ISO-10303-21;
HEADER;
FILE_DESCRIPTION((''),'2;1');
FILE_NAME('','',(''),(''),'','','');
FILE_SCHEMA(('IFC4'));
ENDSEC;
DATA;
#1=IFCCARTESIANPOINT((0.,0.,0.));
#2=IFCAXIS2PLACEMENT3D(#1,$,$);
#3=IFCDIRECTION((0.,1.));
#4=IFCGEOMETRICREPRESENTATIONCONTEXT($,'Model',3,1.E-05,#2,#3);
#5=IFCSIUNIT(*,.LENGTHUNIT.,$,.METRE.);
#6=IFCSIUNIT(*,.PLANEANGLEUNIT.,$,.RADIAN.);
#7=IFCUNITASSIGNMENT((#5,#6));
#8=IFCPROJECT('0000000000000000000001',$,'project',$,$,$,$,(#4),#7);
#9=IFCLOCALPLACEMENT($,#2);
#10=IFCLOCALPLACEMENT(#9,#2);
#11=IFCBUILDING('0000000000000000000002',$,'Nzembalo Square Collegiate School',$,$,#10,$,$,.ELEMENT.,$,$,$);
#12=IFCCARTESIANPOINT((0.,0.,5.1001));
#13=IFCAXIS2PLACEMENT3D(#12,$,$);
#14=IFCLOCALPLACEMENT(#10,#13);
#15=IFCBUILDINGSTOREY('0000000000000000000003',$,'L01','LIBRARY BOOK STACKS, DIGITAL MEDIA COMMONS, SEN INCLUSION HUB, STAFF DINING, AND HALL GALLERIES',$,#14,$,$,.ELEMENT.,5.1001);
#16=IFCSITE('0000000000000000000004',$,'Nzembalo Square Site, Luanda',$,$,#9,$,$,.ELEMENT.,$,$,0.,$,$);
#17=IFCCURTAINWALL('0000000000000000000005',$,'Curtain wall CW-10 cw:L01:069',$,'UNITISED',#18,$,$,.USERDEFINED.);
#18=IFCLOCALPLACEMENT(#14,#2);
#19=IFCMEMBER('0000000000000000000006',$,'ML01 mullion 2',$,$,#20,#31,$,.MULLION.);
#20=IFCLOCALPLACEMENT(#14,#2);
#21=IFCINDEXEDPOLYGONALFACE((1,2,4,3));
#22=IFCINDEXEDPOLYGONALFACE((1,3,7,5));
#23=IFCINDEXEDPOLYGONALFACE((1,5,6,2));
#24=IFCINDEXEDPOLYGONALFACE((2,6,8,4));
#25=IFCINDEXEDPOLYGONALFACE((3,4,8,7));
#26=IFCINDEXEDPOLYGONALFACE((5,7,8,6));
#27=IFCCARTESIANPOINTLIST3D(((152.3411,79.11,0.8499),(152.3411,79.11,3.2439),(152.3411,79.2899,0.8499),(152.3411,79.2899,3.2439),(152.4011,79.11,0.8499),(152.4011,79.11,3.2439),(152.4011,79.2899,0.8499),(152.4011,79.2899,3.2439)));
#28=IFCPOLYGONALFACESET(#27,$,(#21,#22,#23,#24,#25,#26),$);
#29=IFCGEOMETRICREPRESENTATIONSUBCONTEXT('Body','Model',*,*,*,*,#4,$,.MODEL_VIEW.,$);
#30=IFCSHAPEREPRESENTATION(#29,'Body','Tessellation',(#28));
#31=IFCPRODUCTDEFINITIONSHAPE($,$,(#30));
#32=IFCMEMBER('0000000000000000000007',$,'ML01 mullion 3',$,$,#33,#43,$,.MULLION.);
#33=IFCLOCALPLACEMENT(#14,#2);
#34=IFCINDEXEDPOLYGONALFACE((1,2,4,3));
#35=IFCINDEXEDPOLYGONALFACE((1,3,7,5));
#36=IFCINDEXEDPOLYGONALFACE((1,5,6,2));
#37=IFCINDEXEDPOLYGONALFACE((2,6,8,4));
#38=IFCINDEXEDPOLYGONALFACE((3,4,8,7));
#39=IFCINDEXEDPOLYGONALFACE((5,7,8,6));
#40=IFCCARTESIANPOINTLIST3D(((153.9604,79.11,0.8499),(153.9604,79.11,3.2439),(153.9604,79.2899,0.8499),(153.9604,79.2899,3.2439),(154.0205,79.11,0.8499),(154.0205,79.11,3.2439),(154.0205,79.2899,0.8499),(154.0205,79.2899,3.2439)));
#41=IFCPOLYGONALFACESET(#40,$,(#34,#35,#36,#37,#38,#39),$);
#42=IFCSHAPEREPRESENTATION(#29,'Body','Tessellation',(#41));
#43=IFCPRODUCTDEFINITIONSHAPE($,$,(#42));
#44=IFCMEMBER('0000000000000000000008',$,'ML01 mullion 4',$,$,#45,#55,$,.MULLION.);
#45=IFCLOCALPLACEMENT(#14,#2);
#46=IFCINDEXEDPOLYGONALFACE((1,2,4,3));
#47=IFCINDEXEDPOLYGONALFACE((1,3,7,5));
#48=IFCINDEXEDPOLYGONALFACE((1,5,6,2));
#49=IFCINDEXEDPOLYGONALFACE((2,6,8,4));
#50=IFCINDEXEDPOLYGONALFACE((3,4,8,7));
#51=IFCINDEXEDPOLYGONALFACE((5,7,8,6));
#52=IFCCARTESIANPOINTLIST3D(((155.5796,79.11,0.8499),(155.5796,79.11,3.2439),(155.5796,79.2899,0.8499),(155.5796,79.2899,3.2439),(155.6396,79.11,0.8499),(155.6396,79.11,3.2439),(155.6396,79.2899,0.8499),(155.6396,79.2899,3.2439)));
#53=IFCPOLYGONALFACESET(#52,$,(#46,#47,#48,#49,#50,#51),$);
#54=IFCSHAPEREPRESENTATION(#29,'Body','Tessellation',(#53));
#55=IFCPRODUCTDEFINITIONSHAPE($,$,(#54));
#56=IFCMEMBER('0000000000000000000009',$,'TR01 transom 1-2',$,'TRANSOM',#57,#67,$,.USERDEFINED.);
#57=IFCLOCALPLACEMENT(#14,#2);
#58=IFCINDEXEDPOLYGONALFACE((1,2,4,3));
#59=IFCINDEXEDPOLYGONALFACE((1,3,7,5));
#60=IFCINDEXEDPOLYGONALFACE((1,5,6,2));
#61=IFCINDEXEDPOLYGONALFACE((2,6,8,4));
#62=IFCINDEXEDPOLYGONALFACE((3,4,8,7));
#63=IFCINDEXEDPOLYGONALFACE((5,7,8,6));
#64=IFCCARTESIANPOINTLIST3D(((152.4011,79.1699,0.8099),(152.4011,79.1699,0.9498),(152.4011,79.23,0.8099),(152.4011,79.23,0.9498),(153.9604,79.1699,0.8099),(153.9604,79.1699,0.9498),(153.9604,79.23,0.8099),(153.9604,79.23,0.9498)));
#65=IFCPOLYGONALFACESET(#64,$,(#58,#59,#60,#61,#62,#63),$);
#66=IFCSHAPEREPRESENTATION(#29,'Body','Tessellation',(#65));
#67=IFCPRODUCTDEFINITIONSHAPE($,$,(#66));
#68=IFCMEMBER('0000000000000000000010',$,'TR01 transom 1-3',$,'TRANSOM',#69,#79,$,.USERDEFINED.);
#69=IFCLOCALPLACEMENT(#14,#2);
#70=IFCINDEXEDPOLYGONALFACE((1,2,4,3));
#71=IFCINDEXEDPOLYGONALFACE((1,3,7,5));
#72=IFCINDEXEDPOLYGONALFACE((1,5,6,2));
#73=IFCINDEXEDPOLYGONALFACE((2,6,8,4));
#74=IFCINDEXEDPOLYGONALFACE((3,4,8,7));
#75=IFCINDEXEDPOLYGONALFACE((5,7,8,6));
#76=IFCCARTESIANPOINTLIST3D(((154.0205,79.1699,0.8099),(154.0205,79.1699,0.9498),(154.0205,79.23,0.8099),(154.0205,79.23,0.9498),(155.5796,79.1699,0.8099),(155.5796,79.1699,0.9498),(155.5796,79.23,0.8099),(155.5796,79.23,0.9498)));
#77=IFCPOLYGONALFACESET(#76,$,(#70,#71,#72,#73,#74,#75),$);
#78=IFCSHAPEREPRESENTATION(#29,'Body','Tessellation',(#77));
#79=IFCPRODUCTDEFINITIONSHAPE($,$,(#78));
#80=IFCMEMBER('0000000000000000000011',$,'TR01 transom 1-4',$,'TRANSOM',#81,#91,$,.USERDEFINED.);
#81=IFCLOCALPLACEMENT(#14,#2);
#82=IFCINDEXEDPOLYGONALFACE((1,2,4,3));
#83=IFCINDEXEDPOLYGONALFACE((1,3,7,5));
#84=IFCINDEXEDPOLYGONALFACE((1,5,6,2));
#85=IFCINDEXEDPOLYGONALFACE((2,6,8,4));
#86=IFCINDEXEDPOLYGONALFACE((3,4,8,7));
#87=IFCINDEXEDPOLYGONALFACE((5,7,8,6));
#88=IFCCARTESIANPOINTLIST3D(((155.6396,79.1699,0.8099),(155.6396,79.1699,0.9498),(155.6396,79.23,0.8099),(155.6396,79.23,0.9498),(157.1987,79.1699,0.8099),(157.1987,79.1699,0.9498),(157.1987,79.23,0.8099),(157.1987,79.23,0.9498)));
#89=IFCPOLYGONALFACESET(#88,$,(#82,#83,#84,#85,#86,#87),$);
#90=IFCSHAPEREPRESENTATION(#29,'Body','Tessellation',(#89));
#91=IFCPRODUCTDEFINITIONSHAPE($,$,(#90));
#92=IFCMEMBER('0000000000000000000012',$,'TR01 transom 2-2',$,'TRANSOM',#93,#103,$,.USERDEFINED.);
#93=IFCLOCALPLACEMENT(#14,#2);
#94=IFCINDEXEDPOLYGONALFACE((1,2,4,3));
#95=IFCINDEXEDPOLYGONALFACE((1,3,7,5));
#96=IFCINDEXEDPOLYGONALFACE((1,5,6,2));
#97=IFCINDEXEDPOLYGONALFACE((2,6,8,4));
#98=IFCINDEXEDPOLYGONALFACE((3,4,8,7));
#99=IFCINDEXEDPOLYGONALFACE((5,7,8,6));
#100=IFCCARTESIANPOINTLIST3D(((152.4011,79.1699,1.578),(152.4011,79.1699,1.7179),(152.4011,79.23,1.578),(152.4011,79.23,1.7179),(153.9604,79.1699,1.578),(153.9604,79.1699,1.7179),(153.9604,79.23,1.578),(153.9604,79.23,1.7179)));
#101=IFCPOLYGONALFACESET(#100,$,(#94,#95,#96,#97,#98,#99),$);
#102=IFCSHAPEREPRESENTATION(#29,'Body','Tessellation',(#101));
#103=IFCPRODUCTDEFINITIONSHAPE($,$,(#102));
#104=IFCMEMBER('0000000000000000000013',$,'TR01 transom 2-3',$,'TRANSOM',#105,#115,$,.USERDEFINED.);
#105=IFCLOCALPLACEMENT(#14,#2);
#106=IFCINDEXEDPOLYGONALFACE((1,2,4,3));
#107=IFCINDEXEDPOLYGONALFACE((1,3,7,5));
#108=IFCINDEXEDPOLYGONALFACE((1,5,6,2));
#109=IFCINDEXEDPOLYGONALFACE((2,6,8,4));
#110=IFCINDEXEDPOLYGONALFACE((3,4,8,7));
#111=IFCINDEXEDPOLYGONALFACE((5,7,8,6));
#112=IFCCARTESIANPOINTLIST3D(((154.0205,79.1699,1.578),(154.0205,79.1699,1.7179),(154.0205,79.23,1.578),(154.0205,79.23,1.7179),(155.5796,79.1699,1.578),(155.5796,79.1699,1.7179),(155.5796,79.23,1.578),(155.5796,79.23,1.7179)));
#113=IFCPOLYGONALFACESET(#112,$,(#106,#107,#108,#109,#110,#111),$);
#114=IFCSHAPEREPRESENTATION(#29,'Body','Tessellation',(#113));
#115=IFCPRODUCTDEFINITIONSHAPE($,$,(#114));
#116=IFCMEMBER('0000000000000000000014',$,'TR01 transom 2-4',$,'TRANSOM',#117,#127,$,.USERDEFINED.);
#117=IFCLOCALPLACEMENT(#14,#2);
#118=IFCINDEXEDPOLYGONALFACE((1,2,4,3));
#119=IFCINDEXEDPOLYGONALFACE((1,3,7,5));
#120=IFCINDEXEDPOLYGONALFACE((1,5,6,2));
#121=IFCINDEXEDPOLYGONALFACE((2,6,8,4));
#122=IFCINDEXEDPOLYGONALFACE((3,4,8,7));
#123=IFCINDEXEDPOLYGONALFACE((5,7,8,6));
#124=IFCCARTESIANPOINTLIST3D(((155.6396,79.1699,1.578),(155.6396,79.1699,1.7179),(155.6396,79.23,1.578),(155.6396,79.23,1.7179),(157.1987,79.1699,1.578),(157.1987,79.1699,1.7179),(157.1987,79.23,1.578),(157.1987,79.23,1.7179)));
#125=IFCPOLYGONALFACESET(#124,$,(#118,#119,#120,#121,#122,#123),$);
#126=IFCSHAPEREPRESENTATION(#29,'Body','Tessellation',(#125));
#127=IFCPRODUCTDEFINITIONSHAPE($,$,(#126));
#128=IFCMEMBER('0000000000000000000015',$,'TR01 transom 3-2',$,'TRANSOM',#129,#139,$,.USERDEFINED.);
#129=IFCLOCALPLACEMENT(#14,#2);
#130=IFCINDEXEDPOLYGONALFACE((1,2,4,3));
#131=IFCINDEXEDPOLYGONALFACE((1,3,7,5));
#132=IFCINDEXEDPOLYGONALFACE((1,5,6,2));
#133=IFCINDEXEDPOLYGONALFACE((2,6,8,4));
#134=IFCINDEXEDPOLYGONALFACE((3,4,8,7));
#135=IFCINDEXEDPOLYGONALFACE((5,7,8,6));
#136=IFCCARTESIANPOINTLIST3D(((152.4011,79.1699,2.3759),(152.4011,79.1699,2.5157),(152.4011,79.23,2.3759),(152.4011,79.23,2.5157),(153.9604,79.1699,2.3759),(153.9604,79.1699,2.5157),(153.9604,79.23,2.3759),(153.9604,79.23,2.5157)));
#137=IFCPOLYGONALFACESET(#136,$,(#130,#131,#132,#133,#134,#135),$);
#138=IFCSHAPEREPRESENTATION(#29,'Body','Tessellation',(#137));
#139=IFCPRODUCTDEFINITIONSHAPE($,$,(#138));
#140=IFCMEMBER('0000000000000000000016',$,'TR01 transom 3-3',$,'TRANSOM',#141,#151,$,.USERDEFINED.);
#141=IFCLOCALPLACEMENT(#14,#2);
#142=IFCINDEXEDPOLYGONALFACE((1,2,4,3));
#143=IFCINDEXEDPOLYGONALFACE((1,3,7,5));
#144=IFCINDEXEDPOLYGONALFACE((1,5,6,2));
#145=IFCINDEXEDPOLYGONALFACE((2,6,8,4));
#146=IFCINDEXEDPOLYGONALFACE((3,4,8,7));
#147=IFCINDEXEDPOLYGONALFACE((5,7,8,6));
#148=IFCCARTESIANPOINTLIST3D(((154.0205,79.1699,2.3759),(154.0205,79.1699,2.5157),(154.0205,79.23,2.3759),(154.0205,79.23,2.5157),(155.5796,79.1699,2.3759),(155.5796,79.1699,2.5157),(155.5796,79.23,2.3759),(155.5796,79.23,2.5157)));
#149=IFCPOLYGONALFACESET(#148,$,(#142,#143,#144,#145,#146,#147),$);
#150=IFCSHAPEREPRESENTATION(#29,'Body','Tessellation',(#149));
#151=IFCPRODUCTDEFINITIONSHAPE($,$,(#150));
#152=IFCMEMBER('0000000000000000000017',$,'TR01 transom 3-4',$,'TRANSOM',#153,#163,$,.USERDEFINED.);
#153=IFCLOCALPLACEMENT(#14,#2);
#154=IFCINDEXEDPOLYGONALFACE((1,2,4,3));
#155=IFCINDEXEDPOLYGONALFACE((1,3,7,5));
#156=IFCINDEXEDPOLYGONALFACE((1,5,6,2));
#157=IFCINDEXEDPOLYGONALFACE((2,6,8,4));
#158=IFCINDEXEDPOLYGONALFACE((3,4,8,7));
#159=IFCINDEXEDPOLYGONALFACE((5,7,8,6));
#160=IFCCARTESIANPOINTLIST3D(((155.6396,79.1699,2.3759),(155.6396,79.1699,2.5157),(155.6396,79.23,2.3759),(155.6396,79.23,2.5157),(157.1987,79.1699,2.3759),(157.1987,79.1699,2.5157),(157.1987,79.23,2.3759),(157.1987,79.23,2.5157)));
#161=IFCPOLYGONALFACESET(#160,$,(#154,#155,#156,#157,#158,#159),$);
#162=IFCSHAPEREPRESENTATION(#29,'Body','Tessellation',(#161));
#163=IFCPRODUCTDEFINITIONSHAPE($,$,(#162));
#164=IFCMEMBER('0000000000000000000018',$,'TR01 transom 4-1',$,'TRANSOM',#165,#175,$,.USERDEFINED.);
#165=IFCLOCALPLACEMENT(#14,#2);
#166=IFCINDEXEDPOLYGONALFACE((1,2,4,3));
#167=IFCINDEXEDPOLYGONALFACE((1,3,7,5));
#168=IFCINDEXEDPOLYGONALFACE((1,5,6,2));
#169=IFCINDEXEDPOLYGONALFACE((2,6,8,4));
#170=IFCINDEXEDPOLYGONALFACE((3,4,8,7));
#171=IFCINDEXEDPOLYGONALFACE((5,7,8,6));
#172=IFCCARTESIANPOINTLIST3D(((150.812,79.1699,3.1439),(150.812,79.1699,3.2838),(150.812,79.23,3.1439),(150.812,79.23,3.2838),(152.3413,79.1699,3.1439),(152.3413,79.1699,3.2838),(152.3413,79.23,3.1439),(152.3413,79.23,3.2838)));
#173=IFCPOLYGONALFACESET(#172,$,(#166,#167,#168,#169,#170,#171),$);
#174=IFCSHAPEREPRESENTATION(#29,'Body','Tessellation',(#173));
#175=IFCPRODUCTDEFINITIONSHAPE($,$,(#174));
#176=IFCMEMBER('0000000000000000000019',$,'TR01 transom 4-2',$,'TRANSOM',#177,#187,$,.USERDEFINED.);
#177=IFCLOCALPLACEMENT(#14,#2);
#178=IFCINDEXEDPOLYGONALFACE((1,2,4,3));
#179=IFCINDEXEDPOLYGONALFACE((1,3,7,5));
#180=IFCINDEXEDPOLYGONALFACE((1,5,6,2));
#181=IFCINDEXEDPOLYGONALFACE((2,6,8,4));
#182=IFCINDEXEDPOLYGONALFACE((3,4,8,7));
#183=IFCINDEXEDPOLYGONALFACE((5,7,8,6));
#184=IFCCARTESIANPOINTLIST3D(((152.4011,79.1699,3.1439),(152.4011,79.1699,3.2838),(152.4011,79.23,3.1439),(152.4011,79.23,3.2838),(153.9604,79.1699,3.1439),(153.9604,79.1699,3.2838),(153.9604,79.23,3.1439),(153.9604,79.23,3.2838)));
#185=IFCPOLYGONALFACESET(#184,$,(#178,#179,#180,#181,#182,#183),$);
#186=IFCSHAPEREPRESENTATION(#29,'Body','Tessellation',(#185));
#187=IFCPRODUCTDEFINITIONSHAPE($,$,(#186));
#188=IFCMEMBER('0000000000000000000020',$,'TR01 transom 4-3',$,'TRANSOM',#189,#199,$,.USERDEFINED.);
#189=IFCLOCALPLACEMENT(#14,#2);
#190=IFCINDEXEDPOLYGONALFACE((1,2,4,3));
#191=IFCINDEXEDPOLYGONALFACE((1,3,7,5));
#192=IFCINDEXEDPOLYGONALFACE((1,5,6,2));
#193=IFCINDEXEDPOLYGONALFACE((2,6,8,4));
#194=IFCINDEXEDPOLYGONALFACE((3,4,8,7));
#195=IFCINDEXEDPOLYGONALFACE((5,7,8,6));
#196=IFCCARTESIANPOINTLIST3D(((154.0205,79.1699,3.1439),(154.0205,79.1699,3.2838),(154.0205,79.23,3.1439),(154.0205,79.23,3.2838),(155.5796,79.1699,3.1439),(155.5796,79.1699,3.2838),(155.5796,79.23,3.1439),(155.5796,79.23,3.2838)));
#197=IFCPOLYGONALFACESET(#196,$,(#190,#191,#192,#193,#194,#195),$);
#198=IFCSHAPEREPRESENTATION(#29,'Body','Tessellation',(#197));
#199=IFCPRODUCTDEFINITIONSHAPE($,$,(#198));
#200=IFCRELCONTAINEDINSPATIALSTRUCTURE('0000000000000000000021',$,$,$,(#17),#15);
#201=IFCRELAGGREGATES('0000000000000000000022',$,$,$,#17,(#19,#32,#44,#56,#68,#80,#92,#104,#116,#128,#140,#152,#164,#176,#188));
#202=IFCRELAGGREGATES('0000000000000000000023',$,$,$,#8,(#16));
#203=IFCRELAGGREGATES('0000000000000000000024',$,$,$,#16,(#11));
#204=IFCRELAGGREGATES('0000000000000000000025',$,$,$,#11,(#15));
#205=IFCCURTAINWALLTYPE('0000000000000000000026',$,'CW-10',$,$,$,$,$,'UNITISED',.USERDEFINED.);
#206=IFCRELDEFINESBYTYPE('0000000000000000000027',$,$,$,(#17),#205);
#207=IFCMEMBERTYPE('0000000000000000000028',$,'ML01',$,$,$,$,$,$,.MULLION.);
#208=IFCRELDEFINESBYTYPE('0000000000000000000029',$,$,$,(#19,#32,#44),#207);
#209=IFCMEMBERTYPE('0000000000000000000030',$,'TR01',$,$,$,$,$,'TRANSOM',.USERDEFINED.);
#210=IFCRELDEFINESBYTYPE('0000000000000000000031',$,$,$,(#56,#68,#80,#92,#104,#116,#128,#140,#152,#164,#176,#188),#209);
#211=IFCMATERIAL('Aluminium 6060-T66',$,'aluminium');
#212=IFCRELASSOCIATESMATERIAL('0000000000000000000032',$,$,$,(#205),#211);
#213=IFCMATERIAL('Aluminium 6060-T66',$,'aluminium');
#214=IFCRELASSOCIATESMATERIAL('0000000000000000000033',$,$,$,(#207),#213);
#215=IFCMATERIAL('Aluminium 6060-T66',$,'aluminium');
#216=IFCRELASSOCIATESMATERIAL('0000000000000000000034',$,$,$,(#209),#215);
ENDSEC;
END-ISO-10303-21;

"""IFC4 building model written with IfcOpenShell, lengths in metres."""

from ifc_helpers import new_model, si_unit, direction, frame, origin, origin_2d, place, context, subcontext, project, spatial, rectangle, extrude, material, material_profile, profile_set, type_object, element, aggregate, save


model = new_model("IFC4")

# Units and contexts
model_context = context("Model", 3, precision=1e-05, world=origin(), true_north=direction((0.0, 1.0)))
body_context = subcontext(model_context, "Body", "Model", "MODEL_VIEW")
ifc_project = project(units=[si_unit("LENGTHUNIT", "METRE"), si_unit("PLANEANGLEUNIT", "RADIAN")], contexts=[model_context])

# Site, building, storey
site_placement = place(None, origin())
site = spatial("IfcSite", under=ifc_project, at=site_placement, Name="Nzembalo Square Site, Luanda", CompositionType="ELEMENT", RefElevation=0.0)
building_placement = place(site_placement, origin())
building = spatial("IfcBuilding", under=site, at=building_placement, Name="Nzembalo Square Collegiate School", CompositionType="ELEMENT")
storey_placement = place(building_placement, frame((0.0, 0.0, 5.1001)))
storey = spatial("IfcBuildingStorey", under=building, at=storey_placement, Name="L01", Description="LIBRARY BOOK STACKS, DIGITAL MEDIA COMMONS, SEN INCLUSION HUB, STAFF DINING, AND HALL GALLERIES", CompositionType="ELEMENT", Elevation=5.1001)

# Curtain wall, members
ifc_material_1 = material(Name="Aluminium 6060-T66", Category="aluminium")
curtain_wall_type = type_object("IfcCurtainWallType", Name="CW-10", ElementType="UNITISED", PredefinedType="USERDEFINED", material=ifc_material_1)
curtain_wall_placement = place(storey_placement, origin())
curtain_wall = element("IfcCurtainWall", 1, at=curtain_wall_placement, inside=storey, type_object=curtain_wall_type, Name="Curtain wall CW-10 cw:L01:069", ObjectType="UNITISED", PredefinedType="USERDEFINED")
ifc_material_2 = material(Name="Aluminium 6060-T66", Category="aluminium")
ifc_material_profile_1 = material_profile(ifc_material_2, rectangle(XDim=0.0601, YDim=0.1799, at=origin_2d()), Name="ALU M60x180")
ifc_profile_set_1 = profile_set([ifc_material_profile_1], Name="Aluminium 6060-T66")
member_type_1 = type_object("IfcMemberType", Name="ML01", PredefinedType="MULLION", material=ifc_profile_set_1)
member_1_placement = place(storey_placement, frame((152.3711, 79.2, 0.8499), z_axis=(0.0, 0.0, 1.0), x_axis=(1.0, 0.0, 0.0)))
member_1 = element("IfcMember", 2, at=member_1_placement, type_object=member_type_1, Name="ML01 mullion 2", PredefinedType="MULLION", context=body_context, shape_type="SweptSolid", body=[
    extrude(rectangle(XDim=0.0601, YDim=0.1799, at=origin_2d()), origin(), (0.0, 0.0, 1.0), 2.394),
])
member_2_placement = place(storey_placement, frame((153.9905, 79.2, 0.8499), z_axis=(0.0, 0.0, 1.0), x_axis=(1.0, 0.0, 0.0)))
member_2 = element("IfcMember", 3, at=member_2_placement, type_object=member_type_1, Name="ML01 mullion 3", PredefinedType="MULLION", context=body_context, shape_type="SweptSolid", body=[
    extrude(rectangle(XDim=0.0601, YDim=0.1799, at=origin_2d()), origin(), (0.0, 0.0, 1.0), 2.394),
])
member_3_placement = place(storey_placement, frame((155.6096, 79.2, 0.8499), z_axis=(0.0, 0.0, 1.0), x_axis=(1.0, 0.0, 0.0)))
member_3 = element("IfcMember", 4, at=member_3_placement, type_object=member_type_1, Name="ML01 mullion 4", PredefinedType="MULLION", context=body_context, shape_type="SweptSolid", body=[
    extrude(rectangle(XDim=0.0601, YDim=0.1799, at=origin_2d()), origin(), (0.0, 0.0, 1.0), 2.394),
])
ifc_material_3 = material(Name="Aluminium 6060-T66", Category="aluminium")
ifc_material_profile_2 = material_profile(ifc_material_3, rectangle(XDim=0.0601, YDim=0.1399, at=origin_2d()), Name="ALU T60x140")
ifc_profile_set_2 = profile_set([ifc_material_profile_2], Name="Aluminium 6060-T66")
member_type_2 = type_object("IfcMemberType", Name="TR01", ElementType="TRANSOM", PredefinedType="USERDEFINED", material=ifc_profile_set_2)
member_4_placement = place(storey_placement, frame((152.4011, 79.2, 0.8799), z_axis=(1.0, 0.0, 0.0), x_axis=(0.0, 1.0, 0.0)))
member_4 = element("IfcMember", 5, at=member_4_placement, type_object=member_type_2, Name="TR01 transom 1-2", ObjectType="TRANSOM", PredefinedType="USERDEFINED", context=body_context, shape_type="SweptSolid", body=[
    extrude(rectangle(XDim=0.0601, YDim=0.1399, at=origin_2d()), origin(), (0.0, 0.0, 1.0), 1.5593),
])
member_5_placement = place(storey_placement, frame((154.0205, 79.2, 0.8799), z_axis=(1.0, 0.0, 0.0), x_axis=(0.0, 1.0, 0.0)))
member_5 = element("IfcMember", 6, at=member_5_placement, type_object=member_type_2, Name="TR01 transom 1-3", ObjectType="TRANSOM", PredefinedType="USERDEFINED", context=body_context, shape_type="SweptSolid", body=[
    extrude(rectangle(XDim=0.0601, YDim=0.1399, at=origin_2d()), origin(), (0.0, 0.0, 1.0), 1.5591),
])
member_6_placement = place(storey_placement, frame((155.6396, 79.2, 0.8799), z_axis=(1.0, 0.0, 0.0), x_axis=(0.0, 1.0, 0.0)))
member_6 = element("IfcMember", 7, at=member_6_placement, type_object=member_type_2, Name="TR01 transom 1-4", ObjectType="TRANSOM", PredefinedType="USERDEFINED", context=body_context, shape_type="SweptSolid", body=[
    extrude(rectangle(XDim=0.0601, YDim=0.1399, at=origin_2d()), origin(), (0.0, 0.0, 1.0), 1.5591),
])
member_7_placement = place(storey_placement, frame((152.4011, 79.2, 1.6479), z_axis=(1.0, 0.0, 0.0), x_axis=(0.0, 1.0, 0.0)))
member_7 = element("IfcMember", 8, at=member_7_placement, type_object=member_type_2, Name="TR01 transom 2-2", ObjectType="TRANSOM", PredefinedType="USERDEFINED", context=body_context, shape_type="SweptSolid", body=[
    extrude(rectangle(XDim=0.0601, YDim=0.1399, at=origin_2d()), origin(), (0.0, 0.0, 1.0), 1.5593),
])
member_8_placement = place(storey_placement, frame((154.0205, 79.2, 1.6479), z_axis=(1.0, 0.0, 0.0), x_axis=(0.0, 1.0, 0.0)))
member_8 = element("IfcMember", 9, at=member_8_placement, type_object=member_type_2, Name="TR01 transom 2-3", ObjectType="TRANSOM", PredefinedType="USERDEFINED", context=body_context, shape_type="SweptSolid", body=[
    extrude(rectangle(XDim=0.0601, YDim=0.1399, at=origin_2d()), origin(), (0.0, 0.0, 1.0), 1.5591),
])
member_9_placement = place(storey_placement, frame((155.6396, 79.2, 1.6479), z_axis=(1.0, 0.0, 0.0), x_axis=(0.0, 1.0, 0.0)))
member_9 = element("IfcMember", 10, at=member_9_placement, type_object=member_type_2, Name="TR01 transom 2-4", ObjectType="TRANSOM", PredefinedType="USERDEFINED", context=body_context, shape_type="SweptSolid", body=[
    extrude(rectangle(XDim=0.0601, YDim=0.1399, at=origin_2d()), origin(), (0.0, 0.0, 1.0), 1.5591),
])
member_10_placement = place(storey_placement, frame((152.4011, 79.2, 2.4458), z_axis=(1.0, 0.0, 0.0), x_axis=(0.0, 1.0, 0.0)))
member_10 = element("IfcMember", 11, at=member_10_placement, type_object=member_type_2, Name="TR01 transom 3-2", ObjectType="TRANSOM", PredefinedType="USERDEFINED", context=body_context, shape_type="SweptSolid", body=[
    extrude(rectangle(XDim=0.0601, YDim=0.1399, at=origin_2d()), origin(), (0.0, 0.0, 1.0), 1.5593),
])
member_11_placement = place(storey_placement, frame((154.0205, 79.2, 2.4458), z_axis=(1.0, 0.0, 0.0), x_axis=(0.0, 1.0, 0.0)))
member_11 = element("IfcMember", 12, at=member_11_placement, type_object=member_type_2, Name="TR01 transom 3-3", ObjectType="TRANSOM", PredefinedType="USERDEFINED", context=body_context, shape_type="SweptSolid", body=[
    extrude(rectangle(XDim=0.0601, YDim=0.1399, at=origin_2d()), origin(), (0.0, 0.0, 1.0), 1.5591),
])
member_12_placement = place(storey_placement, frame((155.6396, 79.2, 2.4458), z_axis=(1.0, 0.0, 0.0), x_axis=(0.0, 1.0, 0.0)))
member_12 = element("IfcMember", 13, at=member_12_placement, type_object=member_type_2, Name="TR01 transom 3-4", ObjectType="TRANSOM", PredefinedType="USERDEFINED", context=body_context, shape_type="SweptSolid", body=[
    extrude(rectangle(XDim=0.0601, YDim=0.1399, at=origin_2d()), origin(), (0.0, 0.0, 1.0), 1.5591),
])
member_13_placement = place(storey_placement, frame((150.812, 79.2, 3.2139), z_axis=(1.0, 0.0, 0.0), x_axis=(0.0, 1.0, 0.0)))
member_13 = element("IfcMember", 14, at=member_13_placement, type_object=member_type_2, Name="TR01 transom 4-1", ObjectType="TRANSOM", PredefinedType="USERDEFINED", context=body_context, shape_type="SweptSolid", body=[
    extrude(rectangle(XDim=0.0601, YDim=0.1399, at=origin_2d()), origin(), (0.0, 0.0, 1.0), 1.5293),
])
member_14_placement = place(storey_placement, frame((152.4011, 79.2, 3.2139), z_axis=(1.0, 0.0, 0.0), x_axis=(0.0, 1.0, 0.0)))
member_14 = element("IfcMember", 15, at=member_14_placement, type_object=member_type_2, Name="TR01 transom 4-2", ObjectType="TRANSOM", PredefinedType="USERDEFINED", context=body_context, shape_type="SweptSolid", body=[
    extrude(rectangle(XDim=0.0601, YDim=0.1399, at=origin_2d()), origin(), (0.0, 0.0, 1.0), 1.5593),
])
member_15_placement = place(storey_placement, frame((154.0205, 79.2, 3.2139), z_axis=(1.0, 0.0, 0.0), x_axis=(0.0, 1.0, 0.0)))
member_15 = element("IfcMember", 16, at=member_15_placement, type_object=member_type_2, Name="TR01 transom 4-3", ObjectType="TRANSOM", PredefinedType="USERDEFINED", context=body_context, shape_type="SweptSolid", body=[
    extrude(rectangle(XDim=0.0601, YDim=0.1399, at=origin_2d()), origin(), (0.0, 0.0, 1.0), 1.5591),
])
aggregate(curtain_wall, [member_1, member_2, member_3, member_4, member_5, member_6, member_7, member_8, member_9, member_10, member_11, member_12, member_13, member_14, member_15])

save(model, "model.ifc")
